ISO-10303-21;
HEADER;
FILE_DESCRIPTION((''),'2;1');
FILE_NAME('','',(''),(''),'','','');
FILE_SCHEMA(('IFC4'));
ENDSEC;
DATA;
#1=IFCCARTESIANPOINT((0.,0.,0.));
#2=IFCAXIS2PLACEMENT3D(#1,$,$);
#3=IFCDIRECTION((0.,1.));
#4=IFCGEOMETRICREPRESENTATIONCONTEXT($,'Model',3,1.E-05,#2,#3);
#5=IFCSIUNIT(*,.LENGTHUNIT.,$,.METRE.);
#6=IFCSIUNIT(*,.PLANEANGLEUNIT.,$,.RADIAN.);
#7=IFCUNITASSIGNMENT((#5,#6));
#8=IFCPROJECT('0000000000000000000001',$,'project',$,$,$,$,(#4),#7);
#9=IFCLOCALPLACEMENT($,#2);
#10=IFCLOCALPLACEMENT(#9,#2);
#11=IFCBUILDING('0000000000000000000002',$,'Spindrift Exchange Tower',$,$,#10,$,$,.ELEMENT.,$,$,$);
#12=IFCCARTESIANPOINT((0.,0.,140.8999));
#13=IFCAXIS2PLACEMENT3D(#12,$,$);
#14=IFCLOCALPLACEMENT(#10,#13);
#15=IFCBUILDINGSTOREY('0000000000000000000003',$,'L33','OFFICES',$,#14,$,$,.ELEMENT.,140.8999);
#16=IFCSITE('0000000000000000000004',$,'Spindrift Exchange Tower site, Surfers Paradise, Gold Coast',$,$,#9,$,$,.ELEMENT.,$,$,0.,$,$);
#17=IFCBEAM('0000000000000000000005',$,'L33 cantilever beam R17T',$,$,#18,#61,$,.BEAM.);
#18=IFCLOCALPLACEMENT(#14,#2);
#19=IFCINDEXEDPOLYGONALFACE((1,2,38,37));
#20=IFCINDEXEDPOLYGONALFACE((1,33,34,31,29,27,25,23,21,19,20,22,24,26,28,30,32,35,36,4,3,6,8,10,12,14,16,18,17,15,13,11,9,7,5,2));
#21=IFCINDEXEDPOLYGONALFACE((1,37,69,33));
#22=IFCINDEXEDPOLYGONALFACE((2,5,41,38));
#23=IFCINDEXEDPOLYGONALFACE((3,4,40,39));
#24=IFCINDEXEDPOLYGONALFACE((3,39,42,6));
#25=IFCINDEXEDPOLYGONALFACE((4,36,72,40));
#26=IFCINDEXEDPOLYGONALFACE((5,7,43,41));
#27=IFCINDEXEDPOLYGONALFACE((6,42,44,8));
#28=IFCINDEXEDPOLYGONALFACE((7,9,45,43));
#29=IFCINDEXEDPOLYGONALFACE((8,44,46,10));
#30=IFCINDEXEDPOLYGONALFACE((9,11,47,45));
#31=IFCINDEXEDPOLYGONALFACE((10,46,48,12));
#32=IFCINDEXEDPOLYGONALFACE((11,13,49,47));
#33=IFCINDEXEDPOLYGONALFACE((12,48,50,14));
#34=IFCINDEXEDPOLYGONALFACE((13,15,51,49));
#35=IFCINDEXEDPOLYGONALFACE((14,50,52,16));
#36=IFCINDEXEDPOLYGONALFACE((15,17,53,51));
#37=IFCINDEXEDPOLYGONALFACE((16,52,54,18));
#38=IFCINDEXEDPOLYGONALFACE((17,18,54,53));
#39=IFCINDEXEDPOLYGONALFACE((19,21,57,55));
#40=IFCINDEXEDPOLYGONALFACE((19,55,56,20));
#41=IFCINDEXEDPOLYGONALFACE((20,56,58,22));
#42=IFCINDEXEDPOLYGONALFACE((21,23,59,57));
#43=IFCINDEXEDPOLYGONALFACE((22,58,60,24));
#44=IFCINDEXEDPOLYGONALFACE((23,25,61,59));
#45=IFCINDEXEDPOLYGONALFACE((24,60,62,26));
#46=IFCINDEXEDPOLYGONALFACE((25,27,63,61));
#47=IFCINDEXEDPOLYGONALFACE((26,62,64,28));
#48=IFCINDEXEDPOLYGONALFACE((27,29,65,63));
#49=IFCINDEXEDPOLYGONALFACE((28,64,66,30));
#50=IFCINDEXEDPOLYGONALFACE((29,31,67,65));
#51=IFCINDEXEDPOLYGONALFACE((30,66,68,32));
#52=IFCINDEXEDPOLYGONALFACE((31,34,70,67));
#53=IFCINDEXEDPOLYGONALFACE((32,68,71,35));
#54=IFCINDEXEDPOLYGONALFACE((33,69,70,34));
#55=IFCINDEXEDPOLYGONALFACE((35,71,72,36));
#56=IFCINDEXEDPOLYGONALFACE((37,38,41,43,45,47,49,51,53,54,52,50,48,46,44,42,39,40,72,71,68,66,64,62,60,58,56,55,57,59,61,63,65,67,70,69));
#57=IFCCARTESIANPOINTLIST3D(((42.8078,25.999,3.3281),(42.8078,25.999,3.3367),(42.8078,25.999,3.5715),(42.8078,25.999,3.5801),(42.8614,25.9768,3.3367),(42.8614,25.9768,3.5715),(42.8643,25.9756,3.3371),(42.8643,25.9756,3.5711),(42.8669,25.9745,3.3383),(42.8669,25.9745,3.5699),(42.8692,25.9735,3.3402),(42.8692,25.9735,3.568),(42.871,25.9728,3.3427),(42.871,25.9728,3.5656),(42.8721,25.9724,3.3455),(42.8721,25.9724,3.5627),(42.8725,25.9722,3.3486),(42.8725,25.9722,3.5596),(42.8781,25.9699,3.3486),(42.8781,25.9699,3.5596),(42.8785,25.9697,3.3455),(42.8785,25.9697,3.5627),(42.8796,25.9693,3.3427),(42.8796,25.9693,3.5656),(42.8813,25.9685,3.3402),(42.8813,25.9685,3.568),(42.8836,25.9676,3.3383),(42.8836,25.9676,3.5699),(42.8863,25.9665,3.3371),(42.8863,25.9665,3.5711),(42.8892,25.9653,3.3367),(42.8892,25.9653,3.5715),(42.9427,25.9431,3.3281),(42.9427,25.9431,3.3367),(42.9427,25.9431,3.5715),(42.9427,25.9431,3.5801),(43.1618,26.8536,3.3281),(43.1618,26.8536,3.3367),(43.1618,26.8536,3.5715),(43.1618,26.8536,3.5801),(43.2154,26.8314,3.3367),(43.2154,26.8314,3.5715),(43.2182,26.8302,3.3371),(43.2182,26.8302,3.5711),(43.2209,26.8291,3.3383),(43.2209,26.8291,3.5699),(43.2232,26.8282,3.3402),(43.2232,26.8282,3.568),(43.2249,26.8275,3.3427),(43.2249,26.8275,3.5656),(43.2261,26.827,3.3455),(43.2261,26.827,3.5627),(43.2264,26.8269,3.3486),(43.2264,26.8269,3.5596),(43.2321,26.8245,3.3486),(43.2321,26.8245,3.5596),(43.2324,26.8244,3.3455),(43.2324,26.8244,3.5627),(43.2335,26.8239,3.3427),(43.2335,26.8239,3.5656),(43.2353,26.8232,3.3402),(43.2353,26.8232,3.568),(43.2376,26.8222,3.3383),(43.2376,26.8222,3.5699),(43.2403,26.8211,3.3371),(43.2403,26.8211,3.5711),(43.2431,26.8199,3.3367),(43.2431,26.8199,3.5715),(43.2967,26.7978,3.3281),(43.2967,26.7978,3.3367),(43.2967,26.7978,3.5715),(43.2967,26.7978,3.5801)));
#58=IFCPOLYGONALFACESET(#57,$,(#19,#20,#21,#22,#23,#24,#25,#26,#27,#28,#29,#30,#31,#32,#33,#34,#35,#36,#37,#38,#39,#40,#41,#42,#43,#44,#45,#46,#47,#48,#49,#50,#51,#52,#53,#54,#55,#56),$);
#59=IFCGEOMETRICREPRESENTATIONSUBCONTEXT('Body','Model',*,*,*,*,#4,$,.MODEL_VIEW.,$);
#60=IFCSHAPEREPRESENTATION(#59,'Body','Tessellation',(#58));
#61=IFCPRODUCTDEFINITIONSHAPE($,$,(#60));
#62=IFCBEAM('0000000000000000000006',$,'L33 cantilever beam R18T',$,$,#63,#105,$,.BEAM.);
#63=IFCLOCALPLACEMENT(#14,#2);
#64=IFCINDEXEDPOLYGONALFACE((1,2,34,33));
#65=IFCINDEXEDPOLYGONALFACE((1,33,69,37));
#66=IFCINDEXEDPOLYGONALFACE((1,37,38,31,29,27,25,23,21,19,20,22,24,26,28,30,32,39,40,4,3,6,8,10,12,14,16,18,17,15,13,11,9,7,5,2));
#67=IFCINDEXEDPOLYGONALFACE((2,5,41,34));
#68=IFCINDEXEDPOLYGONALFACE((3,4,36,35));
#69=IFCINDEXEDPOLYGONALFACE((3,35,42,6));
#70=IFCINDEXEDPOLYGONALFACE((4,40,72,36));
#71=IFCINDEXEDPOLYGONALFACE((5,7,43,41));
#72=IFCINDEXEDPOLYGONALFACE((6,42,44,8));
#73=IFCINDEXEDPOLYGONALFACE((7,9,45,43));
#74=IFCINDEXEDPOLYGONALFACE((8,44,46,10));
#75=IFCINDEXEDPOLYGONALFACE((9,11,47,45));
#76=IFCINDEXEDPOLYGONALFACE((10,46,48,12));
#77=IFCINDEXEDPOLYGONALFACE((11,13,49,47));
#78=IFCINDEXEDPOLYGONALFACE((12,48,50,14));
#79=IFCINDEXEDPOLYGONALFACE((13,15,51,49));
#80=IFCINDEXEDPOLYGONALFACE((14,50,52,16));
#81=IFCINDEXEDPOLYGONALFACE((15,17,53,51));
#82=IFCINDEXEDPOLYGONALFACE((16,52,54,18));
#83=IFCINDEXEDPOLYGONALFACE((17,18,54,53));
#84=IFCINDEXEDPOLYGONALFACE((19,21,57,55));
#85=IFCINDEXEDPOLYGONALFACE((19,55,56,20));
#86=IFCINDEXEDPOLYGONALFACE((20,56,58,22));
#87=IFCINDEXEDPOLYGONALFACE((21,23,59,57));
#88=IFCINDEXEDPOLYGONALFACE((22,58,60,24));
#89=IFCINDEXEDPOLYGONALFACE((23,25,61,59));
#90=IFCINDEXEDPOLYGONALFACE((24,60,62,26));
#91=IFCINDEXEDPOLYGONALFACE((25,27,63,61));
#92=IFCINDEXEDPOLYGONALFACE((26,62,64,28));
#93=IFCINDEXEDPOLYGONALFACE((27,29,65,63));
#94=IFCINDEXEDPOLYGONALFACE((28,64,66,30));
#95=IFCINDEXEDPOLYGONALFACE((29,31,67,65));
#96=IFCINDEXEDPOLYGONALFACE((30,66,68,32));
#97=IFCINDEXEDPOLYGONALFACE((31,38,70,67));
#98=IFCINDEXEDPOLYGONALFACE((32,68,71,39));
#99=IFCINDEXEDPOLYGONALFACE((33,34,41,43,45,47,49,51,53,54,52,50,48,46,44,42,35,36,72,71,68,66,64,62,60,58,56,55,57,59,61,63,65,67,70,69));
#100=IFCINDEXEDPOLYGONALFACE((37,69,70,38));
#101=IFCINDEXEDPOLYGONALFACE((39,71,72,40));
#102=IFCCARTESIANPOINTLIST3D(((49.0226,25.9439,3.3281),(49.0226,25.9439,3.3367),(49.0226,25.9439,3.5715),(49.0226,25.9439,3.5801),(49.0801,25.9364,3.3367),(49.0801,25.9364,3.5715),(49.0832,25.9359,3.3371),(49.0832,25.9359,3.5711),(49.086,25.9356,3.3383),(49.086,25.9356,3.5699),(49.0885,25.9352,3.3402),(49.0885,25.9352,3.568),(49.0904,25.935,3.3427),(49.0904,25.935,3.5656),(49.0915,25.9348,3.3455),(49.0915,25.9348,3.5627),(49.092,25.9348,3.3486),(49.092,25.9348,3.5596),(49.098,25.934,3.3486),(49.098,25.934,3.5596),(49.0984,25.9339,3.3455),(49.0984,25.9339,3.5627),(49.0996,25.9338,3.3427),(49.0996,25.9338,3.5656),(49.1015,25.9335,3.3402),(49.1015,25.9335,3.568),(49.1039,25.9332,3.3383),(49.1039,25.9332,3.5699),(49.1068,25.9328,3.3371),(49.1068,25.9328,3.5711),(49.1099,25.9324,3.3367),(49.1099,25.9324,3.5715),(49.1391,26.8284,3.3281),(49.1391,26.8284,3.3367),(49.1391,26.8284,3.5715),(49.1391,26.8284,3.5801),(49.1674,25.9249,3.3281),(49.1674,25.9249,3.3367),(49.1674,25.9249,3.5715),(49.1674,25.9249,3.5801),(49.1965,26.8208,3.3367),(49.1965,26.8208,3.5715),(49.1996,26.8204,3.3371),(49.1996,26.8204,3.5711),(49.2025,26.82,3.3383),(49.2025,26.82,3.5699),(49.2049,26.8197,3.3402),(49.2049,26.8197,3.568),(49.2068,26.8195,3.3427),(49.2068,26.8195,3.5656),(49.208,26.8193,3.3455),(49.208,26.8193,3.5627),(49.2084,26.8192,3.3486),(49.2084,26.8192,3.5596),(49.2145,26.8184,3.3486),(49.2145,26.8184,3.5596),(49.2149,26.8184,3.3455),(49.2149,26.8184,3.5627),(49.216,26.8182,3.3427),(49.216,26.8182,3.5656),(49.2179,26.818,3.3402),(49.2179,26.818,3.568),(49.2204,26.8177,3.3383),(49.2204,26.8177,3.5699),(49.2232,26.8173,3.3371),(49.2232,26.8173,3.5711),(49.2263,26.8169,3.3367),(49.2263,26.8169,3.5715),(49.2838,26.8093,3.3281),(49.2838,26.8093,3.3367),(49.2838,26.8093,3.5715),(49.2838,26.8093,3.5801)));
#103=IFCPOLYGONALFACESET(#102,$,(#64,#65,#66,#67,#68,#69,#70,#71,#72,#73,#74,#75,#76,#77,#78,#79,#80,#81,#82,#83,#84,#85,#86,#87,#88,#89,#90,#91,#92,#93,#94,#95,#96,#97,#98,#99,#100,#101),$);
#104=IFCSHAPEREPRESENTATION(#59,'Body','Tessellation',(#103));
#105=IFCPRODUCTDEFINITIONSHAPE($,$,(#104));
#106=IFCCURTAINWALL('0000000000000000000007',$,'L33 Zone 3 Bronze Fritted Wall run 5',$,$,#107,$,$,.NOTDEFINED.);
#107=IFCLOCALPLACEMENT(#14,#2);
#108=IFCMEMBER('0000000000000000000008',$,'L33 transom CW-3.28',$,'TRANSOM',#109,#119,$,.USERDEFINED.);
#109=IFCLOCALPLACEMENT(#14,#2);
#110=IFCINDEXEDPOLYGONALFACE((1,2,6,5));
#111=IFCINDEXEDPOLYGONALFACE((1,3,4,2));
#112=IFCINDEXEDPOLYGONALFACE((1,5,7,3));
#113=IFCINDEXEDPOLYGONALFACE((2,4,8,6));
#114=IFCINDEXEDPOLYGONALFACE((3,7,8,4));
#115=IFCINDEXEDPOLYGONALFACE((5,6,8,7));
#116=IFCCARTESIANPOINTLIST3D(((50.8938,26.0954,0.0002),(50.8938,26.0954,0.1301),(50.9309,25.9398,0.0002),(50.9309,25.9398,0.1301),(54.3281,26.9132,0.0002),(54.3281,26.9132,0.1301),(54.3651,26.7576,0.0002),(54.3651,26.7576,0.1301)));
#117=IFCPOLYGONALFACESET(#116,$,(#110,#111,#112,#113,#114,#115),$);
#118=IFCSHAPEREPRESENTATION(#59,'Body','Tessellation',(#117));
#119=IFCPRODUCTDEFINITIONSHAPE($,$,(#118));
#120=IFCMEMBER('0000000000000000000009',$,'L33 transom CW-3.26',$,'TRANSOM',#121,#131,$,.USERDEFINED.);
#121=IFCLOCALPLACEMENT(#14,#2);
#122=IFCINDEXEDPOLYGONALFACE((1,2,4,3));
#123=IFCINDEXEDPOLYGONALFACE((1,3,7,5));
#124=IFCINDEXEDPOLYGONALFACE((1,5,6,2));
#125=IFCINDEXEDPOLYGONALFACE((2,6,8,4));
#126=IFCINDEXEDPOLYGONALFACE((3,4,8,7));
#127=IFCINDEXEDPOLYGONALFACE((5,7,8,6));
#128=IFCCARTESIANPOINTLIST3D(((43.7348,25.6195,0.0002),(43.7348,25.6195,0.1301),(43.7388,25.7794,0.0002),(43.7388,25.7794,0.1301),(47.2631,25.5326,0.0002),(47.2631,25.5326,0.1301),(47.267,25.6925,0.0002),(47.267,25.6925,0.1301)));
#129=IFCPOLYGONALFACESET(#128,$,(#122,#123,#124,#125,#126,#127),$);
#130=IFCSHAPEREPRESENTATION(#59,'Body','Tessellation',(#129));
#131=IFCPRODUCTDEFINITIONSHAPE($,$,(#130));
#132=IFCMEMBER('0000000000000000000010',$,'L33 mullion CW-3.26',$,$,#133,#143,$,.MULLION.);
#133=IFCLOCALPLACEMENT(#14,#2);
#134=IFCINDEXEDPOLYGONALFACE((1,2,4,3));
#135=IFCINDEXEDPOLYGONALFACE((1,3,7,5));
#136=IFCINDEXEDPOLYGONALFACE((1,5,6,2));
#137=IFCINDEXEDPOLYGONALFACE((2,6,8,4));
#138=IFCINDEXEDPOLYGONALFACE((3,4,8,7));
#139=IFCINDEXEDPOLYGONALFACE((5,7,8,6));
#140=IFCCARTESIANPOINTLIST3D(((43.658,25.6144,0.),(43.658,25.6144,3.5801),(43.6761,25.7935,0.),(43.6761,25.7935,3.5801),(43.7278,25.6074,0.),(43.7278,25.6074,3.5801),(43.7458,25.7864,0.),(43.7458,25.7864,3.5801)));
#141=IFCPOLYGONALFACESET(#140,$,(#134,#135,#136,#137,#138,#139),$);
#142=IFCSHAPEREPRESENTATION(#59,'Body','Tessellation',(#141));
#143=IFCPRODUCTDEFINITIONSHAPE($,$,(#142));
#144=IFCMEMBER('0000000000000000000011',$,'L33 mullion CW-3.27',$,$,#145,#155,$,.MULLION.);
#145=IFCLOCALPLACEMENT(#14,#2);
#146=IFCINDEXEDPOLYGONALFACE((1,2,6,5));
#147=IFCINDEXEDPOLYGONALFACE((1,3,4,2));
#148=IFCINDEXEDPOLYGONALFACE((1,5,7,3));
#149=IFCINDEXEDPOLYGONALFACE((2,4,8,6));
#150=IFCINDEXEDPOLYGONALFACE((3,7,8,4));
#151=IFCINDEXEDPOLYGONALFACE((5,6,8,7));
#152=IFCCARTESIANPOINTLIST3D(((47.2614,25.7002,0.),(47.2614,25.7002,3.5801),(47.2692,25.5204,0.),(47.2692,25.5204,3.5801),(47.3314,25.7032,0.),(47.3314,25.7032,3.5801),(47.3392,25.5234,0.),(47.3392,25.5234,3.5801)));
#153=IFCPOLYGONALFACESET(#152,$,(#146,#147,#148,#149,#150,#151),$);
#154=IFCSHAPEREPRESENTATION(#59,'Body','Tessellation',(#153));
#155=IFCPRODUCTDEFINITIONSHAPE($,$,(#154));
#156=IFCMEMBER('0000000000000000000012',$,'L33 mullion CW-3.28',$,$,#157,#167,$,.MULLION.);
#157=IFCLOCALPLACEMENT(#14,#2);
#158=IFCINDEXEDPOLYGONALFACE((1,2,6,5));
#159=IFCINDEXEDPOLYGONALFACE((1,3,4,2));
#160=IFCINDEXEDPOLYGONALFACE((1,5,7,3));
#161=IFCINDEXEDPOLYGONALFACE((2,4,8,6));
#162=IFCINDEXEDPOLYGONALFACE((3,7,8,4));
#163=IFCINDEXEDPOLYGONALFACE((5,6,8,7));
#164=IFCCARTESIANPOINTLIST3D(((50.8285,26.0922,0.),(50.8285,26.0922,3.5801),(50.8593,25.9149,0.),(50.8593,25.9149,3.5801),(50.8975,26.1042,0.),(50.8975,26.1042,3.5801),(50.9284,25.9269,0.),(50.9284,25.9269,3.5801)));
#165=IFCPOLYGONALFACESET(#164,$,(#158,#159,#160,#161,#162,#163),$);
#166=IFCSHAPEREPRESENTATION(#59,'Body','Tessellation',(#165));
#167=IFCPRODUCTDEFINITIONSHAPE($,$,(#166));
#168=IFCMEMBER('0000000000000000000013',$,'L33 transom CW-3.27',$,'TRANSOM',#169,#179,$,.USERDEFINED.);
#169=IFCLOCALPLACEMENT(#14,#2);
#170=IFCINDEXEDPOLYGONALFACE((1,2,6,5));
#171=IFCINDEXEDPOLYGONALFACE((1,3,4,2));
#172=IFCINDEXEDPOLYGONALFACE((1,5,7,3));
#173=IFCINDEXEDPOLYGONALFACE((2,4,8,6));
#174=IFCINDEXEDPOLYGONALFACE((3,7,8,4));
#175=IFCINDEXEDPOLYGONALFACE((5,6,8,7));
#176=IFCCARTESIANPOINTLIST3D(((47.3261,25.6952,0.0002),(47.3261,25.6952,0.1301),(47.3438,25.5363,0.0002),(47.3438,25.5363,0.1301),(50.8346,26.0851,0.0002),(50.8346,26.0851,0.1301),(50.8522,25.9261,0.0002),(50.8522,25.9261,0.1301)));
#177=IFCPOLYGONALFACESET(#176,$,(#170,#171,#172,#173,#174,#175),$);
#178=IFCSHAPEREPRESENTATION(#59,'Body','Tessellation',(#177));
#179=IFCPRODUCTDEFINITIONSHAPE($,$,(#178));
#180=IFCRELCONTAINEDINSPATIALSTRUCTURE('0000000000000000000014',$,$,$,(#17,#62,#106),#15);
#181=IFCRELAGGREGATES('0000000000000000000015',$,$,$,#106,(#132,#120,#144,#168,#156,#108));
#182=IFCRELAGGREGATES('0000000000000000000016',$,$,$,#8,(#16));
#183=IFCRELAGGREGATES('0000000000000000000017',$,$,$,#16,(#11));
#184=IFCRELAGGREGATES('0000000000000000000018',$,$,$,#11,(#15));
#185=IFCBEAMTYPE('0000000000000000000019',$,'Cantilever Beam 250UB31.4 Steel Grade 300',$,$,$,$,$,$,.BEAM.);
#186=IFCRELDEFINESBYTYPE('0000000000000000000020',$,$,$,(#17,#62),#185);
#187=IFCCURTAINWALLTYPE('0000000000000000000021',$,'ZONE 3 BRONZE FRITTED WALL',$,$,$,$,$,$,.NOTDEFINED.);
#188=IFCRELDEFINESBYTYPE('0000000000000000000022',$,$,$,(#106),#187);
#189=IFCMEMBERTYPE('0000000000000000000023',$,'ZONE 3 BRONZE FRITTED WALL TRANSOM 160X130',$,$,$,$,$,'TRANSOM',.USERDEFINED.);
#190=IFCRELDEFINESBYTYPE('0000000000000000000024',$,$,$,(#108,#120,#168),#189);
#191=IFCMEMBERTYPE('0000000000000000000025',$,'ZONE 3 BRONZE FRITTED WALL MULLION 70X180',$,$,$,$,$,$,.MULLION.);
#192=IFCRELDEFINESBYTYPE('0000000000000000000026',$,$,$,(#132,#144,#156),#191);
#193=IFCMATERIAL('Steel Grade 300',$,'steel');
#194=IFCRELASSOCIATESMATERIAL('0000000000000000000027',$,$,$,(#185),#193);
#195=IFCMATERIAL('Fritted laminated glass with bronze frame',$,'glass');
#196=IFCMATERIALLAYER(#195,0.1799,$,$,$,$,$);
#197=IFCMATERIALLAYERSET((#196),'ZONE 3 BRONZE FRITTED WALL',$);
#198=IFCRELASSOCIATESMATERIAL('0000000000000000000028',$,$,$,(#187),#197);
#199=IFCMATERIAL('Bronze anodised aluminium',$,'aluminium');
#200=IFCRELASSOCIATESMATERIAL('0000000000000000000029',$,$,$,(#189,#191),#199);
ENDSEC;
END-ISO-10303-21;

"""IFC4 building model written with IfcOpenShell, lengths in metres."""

from ifc_helpers import new_model, si_unit, direction, frame, origin, origin_2d, place, context, subcontext, project, spatial, rectangle, i_section, extrude, source, transform, mapped, material, layer, layer_set, material_profile, profile_set, type_object, element, aggregate, save


model = new_model("IFC4")

# Units and contexts
model_context = context("Model", 3, precision=1e-05, world=origin(), true_north=direction((0.0, 1.0)))
body_context = subcontext(model_context, "Body", "Model", "MODEL_VIEW")
ifc_project = project(units=[si_unit("LENGTHUNIT", "METRE"), si_unit("PLANEANGLEUNIT", "RADIAN")], contexts=[model_context])

# Site, building, storey
site_placement = place(None, origin())
site = spatial("IfcSite", under=ifc_project, at=site_placement, Name="Spindrift Exchange Tower site, Surfers Paradise, Gold Coast", CompositionType="ELEMENT", RefElevation=0.0)
building_placement = place(site_placement, origin())
building = spatial("IfcBuilding", under=site, at=building_placement, Name="Spindrift Exchange Tower", CompositionType="ELEMENT")
storey_placement = place(building_placement, frame((0.0, 0.0, 140.8999)))
storey = spatial("IfcBuildingStorey", under=building, at=storey_placement, Name="L33", Description="OFFICES", CompositionType="ELEMENT", Elevation=140.8999)

# Beams
ifc_material_1 = material(Name="Steel Grade 300", Category="steel")
ifc_material_profile_1 = material_profile(ifc_material_1, i_section(OverallWidth=0.146, OverallDepth=0.252, WebThickness=0.0061, FlangeThickness=0.0085, FilletRadius=0.012, at=origin_2d()), Name="250UB31.4")
ifc_profile_set_1 = profile_set([ifc_material_profile_1], Name="Steel Grade 300")
beam_type_1 = type_object("IfcBeamType", Name="Cantilever Beam 250UB31.4 Steel Grade 300", PredefinedType="BEAM", material=ifc_profile_set_1)
shared_shape_1 = source(origin(), body_context, "Body", "SweptSolid", [
    extrude(i_section(OverallWidth=0.146, OverallDepth=0.252, WebThickness=0.0061, FlangeThickness=0.0085, FilletRadius=0.012, at=origin_2d()), origin(), (0.0, 0.0, 1.0), 0.925),
])
beam_1_placement = place(storey_placement, frame((43.2292, 26.8257, 3.4541), z_axis=(-0.382647, -0.923895, 0.0), x_axis=(0.923895, -0.382647, 0.0)))
element("IfcBeam", 1, at=beam_1_placement, inside=storey, type_object=beam_type_1, Name="L33 cantilever beam R17T", PredefinedType="BEAM", context=body_context, shape_type="MappedRepresentation", body=[
    mapped(shared_shape_1, transform((0.0, 0.0, 0.0), scale=1.0)),
])
shared_shape_2 = source(origin(), body_context, "Body", "SweptSolid", [
    extrude(i_section(OverallWidth=0.146, OverallDepth=0.252, WebThickness=0.0061, FlangeThickness=0.0085, FilletRadius=0.012, at=origin_2d()), origin(), (0.0, 0.0, 1.0), 0.8921),
])
beam_2_placement = place(storey_placement, frame((49.2114, 26.8188, 3.4541), z_axis=(-0.130532, -0.991444, 0.0), x_axis=(0.991444, -0.130532, 0.0)))
element("IfcBeam", 2, at=beam_2_placement, inside=storey, type_object=beam_type_1, Name="L33 cantilever beam R18T", PredefinedType="BEAM", context=body_context, shape_type="MappedRepresentation", body=[
    mapped(shared_shape_2, transform((0.0, 0.0, 0.0), scale=1.0)),
])

# Curtain wall, members
ifc_material_2 = material(Name="Fritted laminated glass with bronze frame", Category="glass")
ifc_layer_1 = layer(ifc_material_2, 0.1799)
ifc_layer_set_1 = layer_set([ifc_layer_1], Name="ZONE 3 BRONZE FRITTED WALL")
curtain_wall_type = type_object("IfcCurtainWallType", Name="ZONE 3 BRONZE FRITTED WALL", PredefinedType="NOTDEFINED", material=ifc_layer_set_1)
curtain_wall_placement = place(storey_placement, origin())
curtain_wall = element("IfcCurtainWall", 3, at=curtain_wall_placement, inside=storey, type_object=curtain_wall_type, Name="L33 Zone 3 Bronze Fritted Wall run 5", PredefinedType="NOTDEFINED")
ifc_material_3 = material(Name="Bronze anodised aluminium", Category="aluminium")
ifc_material_profile_2 = material_profile(ifc_material_3, rectangle(XDim=0.1599, YDim=0.1299, at=origin_2d()), Name="ZONE 3 BRONZE FRITTED WALL TRANSOM 160X130")
ifc_profile_set_2 = profile_set([ifc_material_profile_2], Name="Bronze anodised aluminium")
member_type_1 = type_object("IfcMemberType", Name="ZONE 3 BRONZE FRITTED WALL TRANSOM 160X130", ElementType="TRANSOM", PredefinedType="USERDEFINED", material=ifc_profile_set_2)
shared_shape_3 = source(origin(), body_context, "Body", "SweptSolid", [
    extrude(rectangle(XDim=0.1599, YDim=0.1299, at=origin_2d()), origin(), (0.0, 0.0, 1.0), 3.5303),
])
member_1_placement = place(storey_placement, frame((50.9124, 26.0176, 0.0652), z_axis=(0.972795, 0.231667, 0.0), x_axis=(-0.231667, 0.972795, 0.0)))
member_1 = element("IfcMember", 4, at=member_1_placement, type_object=member_type_1, Name="L33 transom CW-3.28", ObjectType="TRANSOM", PredefinedType="USERDEFINED", context=body_context, shape_type="MappedRepresentation", body=[
    mapped(shared_shape_3, transform((0.0, 0.0, 0.0), scale=1.0)),
])
shared_shape_4 = source(origin(), body_context, "Body", "SweptSolid", [
    extrude(rectangle(XDim=0.1599, YDim=0.1299, at=origin_2d()), origin(), (0.0, 0.0, 1.0), 3.5293),
])
member_2_placement = place(storey_placement, frame((43.7368, 25.6995, 0.0652), z_axis=(0.999697, -0.024626, 0.0), x_axis=(0.024626, 0.999697, 0.0)))
member_2 = element("IfcMember", 5, at=member_2_placement, type_object=member_type_1, Name="L33 transom CW-3.26", ObjectType="TRANSOM", PredefinedType="USERDEFINED", context=body_context, shape_type="MappedRepresentation", body=[
    mapped(shared_shape_4, transform((0.0, 0.0, 0.0), scale=1.0)),
])
ifc_material_profile_3 = material_profile(ifc_material_3, rectangle(XDim=0.0701, YDim=0.1799, at=origin_2d()), Name="ZONE 3 BRONZE FRITTED WALL MULLION 70X180")
ifc_profile_set_3 = profile_set([ifc_material_profile_3], Name="Bronze anodised aluminium")
member_type_2 = type_object("IfcMemberType", Name="ZONE 3 BRONZE FRITTED WALL MULLION 70X180", PredefinedType="MULLION", material=ifc_profile_set_3)
shared_shape_5 = source(origin(), body_context, "Body", "SweptSolid", [
    extrude(rectangle(XDim=0.0701, YDim=0.1799, at=origin_2d()), origin(), (0.0, 0.0, 1.0), 3.5801),
])
member_3_placement = place(storey_placement, frame((43.7019, 25.7004, 0.0), z_axis=(0.0, 0.0, 1.0), x_axis=(0.99497, -0.100169, 0.0)))
member_3 = element("IfcMember", 6, at=member_3_placement, type_object=member_type_2, Name="L33 mullion CW-3.26", PredefinedType="MULLION", context=body_context, shape_type="MappedRepresentation", body=[
    mapped(shared_shape_5, transform((0.0, 0.0, 0.0), scale=1.0)),
])
member_4_placement = place(storey_placement, frame((47.3003, 25.6118, 0.0), z_axis=(0.0, 0.0, 1.0), x_axis=(0.999074, 0.043025, 0.0)))
member_4 = element("IfcMember", 7, at=member_4_placement, type_object=member_type_2, Name="L33 mullion CW-3.27", PredefinedType="MULLION", context=body_context, shape_type="MappedRepresentation", body=[
    mapped(shared_shape_5, transform((0.0, 0.0, 0.0), scale=1.0)),
])
member_5_placement = place(storey_placement, frame((50.8784, 26.0095, 0.0), z_axis=(0.0, 0.0, 1.0), x_axis=(0.985205, 0.171378, 0.0)))
member_5 = element("IfcMember", 8, at=member_5_placement, type_object=member_type_2, Name="L33 mullion CW-3.28", PredefinedType="MULLION", context=body_context, shape_type="MappedRepresentation", body=[
    mapped(shared_shape_5, transform((0.0, 0.0, 0.0), scale=1.0)),
])
shared_shape_6 = source(origin(), body_context, "Body", "SweptSolid", [
    extrude(rectangle(XDim=0.1599, YDim=0.1299, at=origin_2d()), origin(), (0.0, 0.0, 1.0), 3.53),
])
member_6_placement = place(storey_placement, frame((47.335, 25.6157, 0.0652), z_axis=(0.993882, 0.110447, 0.0), x_axis=(-0.110447, 0.993882, 0.0)))
member_6 = element("IfcMember", 9, at=member_6_placement, type_object=member_type_1, Name="L33 transom CW-3.27", ObjectType="TRANSOM", PredefinedType="USERDEFINED", context=body_context, shape_type="MappedRepresentation", body=[
    mapped(shared_shape_6, transform((0.0, 0.0, 0.0), scale=1.0)),
])
aggregate(curtain_wall, [member_3, member_2, member_4, member_6, member_5, member_1])

save(model, "model.ifc")
